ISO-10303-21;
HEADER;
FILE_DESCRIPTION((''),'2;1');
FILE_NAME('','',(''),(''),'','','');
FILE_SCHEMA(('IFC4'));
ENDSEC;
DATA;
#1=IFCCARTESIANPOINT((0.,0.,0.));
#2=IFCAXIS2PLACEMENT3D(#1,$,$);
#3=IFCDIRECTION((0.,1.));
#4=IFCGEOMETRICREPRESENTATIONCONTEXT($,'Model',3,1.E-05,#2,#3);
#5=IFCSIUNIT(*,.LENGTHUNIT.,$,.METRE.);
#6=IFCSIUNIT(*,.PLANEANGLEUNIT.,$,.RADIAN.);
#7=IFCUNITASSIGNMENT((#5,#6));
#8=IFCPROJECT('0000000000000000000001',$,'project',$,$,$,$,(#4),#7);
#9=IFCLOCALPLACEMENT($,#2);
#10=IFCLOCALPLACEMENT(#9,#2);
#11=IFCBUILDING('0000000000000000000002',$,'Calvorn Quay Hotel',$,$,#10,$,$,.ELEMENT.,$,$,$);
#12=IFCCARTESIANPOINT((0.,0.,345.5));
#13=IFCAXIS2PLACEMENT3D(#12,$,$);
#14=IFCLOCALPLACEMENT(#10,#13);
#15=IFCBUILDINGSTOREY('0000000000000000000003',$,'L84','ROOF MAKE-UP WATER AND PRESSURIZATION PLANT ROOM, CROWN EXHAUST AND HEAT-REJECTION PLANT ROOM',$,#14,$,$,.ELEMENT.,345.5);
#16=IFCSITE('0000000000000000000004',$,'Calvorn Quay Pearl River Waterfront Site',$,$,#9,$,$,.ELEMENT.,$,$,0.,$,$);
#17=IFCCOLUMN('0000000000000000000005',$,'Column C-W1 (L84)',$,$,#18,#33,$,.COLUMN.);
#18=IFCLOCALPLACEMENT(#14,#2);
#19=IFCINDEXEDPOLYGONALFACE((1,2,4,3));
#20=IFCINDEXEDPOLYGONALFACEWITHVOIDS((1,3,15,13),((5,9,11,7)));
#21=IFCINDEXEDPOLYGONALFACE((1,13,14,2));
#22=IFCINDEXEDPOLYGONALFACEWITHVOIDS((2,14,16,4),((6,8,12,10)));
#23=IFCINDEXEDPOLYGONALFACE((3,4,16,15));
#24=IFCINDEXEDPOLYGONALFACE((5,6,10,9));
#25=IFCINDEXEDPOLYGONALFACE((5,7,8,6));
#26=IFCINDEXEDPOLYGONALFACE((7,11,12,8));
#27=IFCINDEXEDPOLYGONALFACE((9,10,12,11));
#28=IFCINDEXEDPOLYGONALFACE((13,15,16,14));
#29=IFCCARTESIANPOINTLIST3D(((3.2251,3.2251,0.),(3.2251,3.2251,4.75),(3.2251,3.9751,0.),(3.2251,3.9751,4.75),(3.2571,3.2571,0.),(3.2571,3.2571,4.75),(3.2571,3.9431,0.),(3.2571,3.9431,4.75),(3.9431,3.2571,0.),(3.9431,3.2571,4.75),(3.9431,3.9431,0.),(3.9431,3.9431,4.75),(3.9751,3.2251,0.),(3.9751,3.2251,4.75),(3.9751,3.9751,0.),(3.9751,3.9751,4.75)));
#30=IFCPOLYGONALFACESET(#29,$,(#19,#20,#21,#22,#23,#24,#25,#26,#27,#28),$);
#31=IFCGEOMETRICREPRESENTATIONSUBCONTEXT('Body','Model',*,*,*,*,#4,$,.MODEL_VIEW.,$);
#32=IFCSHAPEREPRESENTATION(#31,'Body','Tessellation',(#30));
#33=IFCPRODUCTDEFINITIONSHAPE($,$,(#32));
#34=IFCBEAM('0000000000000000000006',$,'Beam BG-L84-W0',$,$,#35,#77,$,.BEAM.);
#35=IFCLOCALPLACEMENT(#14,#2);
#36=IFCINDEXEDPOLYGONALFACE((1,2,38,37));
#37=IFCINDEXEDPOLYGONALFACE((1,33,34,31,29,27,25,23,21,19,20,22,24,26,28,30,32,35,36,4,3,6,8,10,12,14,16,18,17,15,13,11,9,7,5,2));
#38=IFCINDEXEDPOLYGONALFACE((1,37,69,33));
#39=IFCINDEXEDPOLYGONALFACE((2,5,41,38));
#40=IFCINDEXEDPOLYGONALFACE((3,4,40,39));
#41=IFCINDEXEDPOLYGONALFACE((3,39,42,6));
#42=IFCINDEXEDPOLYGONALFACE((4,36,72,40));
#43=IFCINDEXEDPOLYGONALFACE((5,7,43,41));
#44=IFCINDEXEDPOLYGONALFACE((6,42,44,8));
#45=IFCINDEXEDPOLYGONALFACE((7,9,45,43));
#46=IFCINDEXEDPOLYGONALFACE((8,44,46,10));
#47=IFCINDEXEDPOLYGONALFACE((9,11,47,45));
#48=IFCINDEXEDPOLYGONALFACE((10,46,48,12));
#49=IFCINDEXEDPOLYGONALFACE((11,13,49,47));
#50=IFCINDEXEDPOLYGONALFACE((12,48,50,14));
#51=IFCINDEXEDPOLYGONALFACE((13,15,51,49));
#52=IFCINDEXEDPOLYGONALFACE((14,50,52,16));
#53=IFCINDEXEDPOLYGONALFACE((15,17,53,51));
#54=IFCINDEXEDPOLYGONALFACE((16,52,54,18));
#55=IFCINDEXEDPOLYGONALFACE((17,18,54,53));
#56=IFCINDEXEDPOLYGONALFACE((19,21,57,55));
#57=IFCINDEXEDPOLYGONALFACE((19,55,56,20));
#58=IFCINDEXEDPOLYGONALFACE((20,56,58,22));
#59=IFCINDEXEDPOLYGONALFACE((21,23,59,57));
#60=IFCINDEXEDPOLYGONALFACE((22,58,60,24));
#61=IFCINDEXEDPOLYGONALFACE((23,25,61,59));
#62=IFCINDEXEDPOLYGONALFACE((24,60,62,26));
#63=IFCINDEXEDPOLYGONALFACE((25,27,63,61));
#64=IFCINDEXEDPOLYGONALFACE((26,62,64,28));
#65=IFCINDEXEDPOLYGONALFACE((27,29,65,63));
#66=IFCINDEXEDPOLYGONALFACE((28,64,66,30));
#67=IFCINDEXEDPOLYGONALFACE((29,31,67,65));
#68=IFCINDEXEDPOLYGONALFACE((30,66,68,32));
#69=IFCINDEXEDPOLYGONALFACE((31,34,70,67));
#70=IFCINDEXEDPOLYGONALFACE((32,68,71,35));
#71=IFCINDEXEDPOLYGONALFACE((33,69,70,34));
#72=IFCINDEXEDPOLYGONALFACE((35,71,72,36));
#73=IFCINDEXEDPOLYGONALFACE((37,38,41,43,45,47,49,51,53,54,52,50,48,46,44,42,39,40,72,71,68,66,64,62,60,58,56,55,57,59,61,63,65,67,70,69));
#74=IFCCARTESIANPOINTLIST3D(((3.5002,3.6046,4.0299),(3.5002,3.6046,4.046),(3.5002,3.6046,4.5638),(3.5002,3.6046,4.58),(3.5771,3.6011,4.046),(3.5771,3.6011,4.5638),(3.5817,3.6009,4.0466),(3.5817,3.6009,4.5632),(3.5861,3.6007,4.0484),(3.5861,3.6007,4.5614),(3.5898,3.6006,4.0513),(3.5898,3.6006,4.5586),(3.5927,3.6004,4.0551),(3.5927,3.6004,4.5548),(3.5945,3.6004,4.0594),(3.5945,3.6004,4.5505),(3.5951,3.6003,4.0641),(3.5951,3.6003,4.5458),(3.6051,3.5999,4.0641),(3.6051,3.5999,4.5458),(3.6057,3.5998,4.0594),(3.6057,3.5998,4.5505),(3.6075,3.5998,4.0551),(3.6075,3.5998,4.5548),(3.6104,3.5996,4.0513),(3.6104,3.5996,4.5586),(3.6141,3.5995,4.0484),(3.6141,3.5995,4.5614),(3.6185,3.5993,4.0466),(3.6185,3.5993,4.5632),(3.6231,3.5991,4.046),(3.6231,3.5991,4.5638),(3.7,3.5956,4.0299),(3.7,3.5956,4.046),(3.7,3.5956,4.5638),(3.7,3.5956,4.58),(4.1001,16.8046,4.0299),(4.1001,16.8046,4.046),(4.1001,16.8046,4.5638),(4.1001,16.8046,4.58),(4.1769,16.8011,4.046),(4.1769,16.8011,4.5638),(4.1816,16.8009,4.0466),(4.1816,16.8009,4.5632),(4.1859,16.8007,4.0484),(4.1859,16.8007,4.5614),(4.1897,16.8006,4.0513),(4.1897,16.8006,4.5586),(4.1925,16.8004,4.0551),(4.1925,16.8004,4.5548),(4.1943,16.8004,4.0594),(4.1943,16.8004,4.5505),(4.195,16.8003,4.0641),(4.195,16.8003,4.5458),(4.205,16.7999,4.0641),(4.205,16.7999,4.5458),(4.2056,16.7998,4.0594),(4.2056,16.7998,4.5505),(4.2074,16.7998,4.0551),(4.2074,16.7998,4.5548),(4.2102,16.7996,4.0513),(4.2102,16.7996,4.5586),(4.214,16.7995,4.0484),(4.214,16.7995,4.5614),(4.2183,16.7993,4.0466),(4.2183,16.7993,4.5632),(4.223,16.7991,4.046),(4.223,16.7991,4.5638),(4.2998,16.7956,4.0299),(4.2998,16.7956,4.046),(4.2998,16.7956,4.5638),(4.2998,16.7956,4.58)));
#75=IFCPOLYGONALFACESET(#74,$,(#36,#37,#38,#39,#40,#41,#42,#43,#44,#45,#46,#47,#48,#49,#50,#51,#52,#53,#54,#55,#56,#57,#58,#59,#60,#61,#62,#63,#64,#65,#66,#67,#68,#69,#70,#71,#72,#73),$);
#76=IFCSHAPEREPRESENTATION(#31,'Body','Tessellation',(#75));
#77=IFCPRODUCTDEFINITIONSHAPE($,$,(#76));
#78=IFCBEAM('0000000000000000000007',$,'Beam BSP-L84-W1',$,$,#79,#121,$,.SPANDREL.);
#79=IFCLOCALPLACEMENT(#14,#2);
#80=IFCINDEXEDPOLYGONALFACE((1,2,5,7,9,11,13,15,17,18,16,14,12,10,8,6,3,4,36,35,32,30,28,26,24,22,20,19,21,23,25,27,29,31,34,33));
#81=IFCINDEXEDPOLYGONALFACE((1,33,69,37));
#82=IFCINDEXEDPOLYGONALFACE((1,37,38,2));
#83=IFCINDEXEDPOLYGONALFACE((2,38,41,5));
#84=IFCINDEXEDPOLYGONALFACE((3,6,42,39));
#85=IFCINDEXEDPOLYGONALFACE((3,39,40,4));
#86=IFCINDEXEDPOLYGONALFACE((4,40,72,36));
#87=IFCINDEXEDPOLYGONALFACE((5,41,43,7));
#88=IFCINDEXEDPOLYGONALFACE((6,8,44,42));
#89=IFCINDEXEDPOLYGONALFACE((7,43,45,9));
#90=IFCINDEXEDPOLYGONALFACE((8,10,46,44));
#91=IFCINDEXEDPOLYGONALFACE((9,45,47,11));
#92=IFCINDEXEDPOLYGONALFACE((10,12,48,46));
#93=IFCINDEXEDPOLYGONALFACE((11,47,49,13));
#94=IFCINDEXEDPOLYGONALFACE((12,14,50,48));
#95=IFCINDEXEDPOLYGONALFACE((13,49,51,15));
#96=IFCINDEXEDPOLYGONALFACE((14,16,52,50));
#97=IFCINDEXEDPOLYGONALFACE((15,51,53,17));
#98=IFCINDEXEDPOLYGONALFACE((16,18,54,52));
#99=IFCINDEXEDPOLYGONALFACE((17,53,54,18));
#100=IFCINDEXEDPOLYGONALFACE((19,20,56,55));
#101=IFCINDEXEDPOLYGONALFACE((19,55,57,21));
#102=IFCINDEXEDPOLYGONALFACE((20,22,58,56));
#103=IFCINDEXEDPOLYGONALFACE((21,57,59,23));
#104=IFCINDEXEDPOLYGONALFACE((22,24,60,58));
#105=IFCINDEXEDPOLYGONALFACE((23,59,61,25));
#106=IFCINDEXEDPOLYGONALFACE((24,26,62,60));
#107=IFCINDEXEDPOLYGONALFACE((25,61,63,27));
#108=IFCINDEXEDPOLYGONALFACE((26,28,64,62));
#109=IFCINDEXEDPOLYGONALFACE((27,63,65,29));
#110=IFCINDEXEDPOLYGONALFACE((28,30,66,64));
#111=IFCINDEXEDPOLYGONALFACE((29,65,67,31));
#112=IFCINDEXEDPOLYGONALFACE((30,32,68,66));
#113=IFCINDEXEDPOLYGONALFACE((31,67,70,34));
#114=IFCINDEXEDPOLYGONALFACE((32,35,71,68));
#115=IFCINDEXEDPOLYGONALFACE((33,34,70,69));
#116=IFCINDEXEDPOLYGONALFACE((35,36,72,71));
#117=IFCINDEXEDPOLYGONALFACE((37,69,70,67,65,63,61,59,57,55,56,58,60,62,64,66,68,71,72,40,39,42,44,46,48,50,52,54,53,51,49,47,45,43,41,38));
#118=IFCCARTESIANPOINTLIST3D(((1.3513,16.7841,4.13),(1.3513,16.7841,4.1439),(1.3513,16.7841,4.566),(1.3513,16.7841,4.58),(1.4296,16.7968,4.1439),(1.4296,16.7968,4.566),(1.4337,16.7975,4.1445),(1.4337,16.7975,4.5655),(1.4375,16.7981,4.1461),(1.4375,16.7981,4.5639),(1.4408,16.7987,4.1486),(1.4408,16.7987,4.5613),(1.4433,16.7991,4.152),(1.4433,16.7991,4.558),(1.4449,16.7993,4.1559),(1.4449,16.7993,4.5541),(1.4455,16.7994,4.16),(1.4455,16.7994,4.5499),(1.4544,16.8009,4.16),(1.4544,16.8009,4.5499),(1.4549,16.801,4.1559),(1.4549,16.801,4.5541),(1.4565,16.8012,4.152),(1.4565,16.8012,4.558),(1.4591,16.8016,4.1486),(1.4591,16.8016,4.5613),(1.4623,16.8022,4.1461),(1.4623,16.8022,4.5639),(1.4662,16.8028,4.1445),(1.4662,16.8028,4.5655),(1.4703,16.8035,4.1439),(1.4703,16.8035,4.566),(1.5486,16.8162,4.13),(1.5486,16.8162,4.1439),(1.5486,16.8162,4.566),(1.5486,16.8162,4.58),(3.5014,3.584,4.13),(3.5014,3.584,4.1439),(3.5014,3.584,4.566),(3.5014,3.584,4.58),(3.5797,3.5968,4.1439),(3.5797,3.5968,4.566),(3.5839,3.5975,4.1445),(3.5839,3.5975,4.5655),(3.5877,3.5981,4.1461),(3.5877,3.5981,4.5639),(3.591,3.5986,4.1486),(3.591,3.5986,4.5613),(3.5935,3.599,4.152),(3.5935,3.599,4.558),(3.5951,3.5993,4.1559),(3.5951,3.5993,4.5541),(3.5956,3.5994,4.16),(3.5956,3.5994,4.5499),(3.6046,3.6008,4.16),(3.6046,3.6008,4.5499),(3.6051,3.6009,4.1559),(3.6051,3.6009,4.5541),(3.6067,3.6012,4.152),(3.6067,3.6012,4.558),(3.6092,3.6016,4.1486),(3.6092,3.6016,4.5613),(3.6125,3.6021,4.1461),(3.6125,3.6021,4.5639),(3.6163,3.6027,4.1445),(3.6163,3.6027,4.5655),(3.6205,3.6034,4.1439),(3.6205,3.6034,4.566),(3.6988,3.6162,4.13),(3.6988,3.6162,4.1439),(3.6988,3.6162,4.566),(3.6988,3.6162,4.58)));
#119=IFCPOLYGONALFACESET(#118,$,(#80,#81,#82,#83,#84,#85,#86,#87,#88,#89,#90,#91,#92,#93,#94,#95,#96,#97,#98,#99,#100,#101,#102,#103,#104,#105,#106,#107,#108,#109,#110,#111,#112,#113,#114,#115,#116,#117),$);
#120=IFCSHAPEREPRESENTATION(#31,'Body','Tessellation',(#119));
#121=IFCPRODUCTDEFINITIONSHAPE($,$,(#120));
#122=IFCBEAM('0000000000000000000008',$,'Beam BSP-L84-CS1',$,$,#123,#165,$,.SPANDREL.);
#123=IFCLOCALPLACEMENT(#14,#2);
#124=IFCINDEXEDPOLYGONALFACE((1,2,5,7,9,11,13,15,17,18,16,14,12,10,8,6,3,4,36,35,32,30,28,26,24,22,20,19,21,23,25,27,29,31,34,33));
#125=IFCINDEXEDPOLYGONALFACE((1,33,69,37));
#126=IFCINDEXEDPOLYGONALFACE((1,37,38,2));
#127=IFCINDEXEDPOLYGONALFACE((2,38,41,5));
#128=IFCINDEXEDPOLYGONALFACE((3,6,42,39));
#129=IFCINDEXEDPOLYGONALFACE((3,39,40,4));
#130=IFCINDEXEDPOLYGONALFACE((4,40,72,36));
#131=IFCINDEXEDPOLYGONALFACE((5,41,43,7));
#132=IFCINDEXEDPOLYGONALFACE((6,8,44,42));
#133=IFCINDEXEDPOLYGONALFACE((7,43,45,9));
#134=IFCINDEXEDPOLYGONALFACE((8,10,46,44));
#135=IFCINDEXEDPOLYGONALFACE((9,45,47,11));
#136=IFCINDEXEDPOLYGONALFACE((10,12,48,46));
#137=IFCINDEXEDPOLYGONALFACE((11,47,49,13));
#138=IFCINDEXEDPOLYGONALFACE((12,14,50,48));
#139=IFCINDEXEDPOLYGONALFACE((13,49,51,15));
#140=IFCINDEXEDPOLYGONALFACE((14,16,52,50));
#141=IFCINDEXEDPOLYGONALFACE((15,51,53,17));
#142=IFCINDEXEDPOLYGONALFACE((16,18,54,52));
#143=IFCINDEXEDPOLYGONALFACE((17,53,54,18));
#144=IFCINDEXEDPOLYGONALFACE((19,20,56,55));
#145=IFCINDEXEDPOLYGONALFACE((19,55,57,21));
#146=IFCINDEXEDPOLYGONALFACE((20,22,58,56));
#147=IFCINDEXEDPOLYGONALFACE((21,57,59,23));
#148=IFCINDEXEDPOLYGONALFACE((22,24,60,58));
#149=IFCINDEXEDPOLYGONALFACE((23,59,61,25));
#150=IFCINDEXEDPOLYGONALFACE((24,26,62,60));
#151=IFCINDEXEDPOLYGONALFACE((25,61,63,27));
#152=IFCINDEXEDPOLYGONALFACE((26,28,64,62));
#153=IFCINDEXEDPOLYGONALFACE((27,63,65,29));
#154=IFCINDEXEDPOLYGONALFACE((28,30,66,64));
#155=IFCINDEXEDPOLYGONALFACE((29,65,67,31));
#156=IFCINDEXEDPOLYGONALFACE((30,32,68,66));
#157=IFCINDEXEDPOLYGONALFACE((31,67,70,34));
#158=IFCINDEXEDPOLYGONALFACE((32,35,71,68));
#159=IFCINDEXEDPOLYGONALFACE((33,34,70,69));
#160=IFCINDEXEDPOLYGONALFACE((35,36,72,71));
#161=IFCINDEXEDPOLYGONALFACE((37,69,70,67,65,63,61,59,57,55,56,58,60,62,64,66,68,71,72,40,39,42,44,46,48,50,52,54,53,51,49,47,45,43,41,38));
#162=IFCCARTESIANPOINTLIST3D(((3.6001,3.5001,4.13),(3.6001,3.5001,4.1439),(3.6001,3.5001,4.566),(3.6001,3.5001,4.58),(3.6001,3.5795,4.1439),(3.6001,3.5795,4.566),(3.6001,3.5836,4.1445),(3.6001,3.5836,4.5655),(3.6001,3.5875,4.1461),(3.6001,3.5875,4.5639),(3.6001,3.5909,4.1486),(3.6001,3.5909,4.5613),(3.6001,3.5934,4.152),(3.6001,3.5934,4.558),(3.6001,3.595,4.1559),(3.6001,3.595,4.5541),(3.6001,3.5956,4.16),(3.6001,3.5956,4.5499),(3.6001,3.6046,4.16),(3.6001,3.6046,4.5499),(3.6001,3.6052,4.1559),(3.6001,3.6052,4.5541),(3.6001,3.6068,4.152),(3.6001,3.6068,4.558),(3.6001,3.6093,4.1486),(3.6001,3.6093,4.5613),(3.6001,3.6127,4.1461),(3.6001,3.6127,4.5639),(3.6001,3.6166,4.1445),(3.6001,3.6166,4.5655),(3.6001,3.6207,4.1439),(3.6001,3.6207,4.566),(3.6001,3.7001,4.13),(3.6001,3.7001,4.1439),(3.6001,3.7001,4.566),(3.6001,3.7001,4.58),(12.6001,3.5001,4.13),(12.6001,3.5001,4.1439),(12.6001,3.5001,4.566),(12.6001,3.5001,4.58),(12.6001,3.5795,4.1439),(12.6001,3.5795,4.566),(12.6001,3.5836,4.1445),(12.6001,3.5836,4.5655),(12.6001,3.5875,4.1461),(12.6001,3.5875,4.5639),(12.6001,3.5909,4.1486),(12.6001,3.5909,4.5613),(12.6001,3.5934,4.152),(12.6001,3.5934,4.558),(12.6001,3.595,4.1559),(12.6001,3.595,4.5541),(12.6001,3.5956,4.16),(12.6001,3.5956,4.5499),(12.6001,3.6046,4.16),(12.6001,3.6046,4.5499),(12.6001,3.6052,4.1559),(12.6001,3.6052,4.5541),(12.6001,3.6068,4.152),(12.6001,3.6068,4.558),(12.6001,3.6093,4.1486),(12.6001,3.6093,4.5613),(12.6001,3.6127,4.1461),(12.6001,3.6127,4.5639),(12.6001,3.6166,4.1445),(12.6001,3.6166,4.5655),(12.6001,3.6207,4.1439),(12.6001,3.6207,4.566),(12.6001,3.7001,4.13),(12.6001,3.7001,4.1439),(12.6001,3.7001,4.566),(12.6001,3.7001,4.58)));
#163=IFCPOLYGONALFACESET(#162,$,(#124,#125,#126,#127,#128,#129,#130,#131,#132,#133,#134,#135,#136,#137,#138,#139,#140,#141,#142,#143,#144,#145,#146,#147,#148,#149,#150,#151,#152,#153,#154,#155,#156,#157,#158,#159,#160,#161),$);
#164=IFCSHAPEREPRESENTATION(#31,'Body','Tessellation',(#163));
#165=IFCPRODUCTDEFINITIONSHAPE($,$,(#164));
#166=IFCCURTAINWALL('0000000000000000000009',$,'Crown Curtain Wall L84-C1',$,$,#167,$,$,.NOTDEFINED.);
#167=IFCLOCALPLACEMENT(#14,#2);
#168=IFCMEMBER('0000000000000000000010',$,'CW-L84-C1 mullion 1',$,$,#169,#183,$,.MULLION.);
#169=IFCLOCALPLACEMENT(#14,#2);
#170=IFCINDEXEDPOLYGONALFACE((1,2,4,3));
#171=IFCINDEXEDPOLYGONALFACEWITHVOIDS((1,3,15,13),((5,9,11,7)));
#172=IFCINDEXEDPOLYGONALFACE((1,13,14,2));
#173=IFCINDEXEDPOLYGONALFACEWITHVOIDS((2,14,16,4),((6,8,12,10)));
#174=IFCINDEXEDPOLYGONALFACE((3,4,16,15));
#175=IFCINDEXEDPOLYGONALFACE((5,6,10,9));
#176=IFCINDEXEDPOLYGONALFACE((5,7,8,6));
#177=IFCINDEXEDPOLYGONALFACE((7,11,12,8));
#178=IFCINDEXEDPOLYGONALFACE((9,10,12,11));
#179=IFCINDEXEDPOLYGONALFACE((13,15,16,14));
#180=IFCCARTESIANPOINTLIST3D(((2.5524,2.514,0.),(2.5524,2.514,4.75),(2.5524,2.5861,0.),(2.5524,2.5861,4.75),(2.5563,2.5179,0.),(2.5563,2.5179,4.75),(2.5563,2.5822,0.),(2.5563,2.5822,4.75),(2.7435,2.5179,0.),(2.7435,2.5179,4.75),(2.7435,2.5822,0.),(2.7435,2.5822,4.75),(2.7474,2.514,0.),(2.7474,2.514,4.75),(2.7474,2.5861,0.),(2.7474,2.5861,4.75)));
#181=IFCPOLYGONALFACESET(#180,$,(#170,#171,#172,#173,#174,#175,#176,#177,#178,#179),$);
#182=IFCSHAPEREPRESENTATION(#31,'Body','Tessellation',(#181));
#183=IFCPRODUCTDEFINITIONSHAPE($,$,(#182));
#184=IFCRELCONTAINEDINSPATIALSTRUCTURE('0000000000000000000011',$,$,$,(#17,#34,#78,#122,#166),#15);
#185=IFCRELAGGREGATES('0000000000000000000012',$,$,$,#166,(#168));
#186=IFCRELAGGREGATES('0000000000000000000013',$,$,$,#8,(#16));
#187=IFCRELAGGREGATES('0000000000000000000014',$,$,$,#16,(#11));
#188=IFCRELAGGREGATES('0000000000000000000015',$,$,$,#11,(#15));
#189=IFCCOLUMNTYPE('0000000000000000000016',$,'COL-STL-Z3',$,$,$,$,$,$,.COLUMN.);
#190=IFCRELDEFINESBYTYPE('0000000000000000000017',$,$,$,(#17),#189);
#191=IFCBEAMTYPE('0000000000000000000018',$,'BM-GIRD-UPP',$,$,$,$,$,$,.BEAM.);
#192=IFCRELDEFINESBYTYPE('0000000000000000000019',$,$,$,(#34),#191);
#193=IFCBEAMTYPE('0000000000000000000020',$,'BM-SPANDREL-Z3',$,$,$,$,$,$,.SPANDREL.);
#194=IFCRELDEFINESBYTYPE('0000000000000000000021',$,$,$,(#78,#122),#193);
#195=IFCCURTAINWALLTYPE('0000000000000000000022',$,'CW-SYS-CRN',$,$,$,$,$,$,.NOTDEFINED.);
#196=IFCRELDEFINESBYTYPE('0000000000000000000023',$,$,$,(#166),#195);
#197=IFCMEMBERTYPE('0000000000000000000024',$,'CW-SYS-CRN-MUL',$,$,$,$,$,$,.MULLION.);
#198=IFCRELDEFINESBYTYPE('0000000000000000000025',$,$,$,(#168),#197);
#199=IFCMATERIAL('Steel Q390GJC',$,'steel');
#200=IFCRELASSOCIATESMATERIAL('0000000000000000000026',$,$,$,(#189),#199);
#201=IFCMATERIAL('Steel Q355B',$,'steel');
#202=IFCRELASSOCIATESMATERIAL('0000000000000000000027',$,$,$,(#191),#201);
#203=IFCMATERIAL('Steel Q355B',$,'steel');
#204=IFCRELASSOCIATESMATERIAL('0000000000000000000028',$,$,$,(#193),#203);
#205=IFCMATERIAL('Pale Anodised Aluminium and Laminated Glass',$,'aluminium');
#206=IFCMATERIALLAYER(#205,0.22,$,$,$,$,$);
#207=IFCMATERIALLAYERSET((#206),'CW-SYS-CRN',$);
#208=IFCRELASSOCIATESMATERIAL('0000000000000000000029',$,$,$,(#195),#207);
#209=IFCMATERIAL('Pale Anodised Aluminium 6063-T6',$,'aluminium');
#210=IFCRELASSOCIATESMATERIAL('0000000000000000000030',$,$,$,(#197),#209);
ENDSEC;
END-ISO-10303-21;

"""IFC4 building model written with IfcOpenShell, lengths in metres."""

from ifc_helpers import new_model, si_unit, direction, frame, origin, origin_2d, place, context, subcontext, project, spatial, hollow_rectangle, i_section, extrude, material, layer, layer_set, material_profile, profile_set, type_object, element, aggregate, save


model = new_model("IFC4")

# Units and contexts
model_context = context("Model", 3, precision=1e-05, world=origin(), true_north=direction((0.0, 1.0)))
body_context = subcontext(model_context, "Body", "Model", "MODEL_VIEW")
ifc_project = project(units=[si_unit("LENGTHUNIT", "METRE"), si_unit("PLANEANGLEUNIT", "RADIAN")], contexts=[model_context])

# Site, building, storey
site_placement = place(None, origin())
site = spatial("IfcSite", under=ifc_project, at=site_placement, Name="Calvorn Quay Pearl River Waterfront Site", CompositionType="ELEMENT", RefElevation=0.0)
building_placement = place(site_placement, origin())
building = spatial("IfcBuilding", under=site, at=building_placement, Name="Calvorn Quay Hotel", CompositionType="ELEMENT")
storey_placement = place(building_placement, frame((0.0, 0.0, 345.5)))
storey = spatial("IfcBuildingStorey", under=building, at=storey_placement, Name="L84", Description="ROOF MAKE-UP WATER AND PRESSURIZATION PLANT ROOM, CROWN EXHAUST AND HEAT-REJECTION PLANT ROOM", CompositionType="ELEMENT", Elevation=345.5)

# Column
ifc_material_1 = material(Name="Steel Q390GJC", Category="steel")
ifc_material_profile_1 = material_profile(ifc_material_1, hollow_rectangle(XDim=0.75, YDim=0.75, WallThickness=0.032, at=origin_2d()), Name="BOX750x750x32")
ifc_profile_set_1 = profile_set([ifc_material_profile_1], Name="Steel Q390GJC")
column_type = type_object("IfcColumnType", Name="COL-STL-Z3", PredefinedType="COLUMN", material=ifc_profile_set_1)
column_placement = place(storey_placement, frame((3.6001, 3.6001, 0.0), z_axis=(0.0, 0.0, 1.0), x_axis=(1.0, 0.0, 0.0)))
element("IfcColumn", 1, at=column_placement, inside=storey, type_object=column_type, Name="Column C-W1 (L84)", PredefinedType="COLUMN", context=body_context, shape_type="SweptSolid", body=[
    extrude(hollow_rectangle(XDim=0.75, YDim=0.75, WallThickness=0.032, at=origin_2d()), origin(), (0.0, 0.0, 1.0), 4.75),
])

# Beams
ifc_material_2 = material(Name="Steel Q355B", Category="steel")
ifc_material_profile_2 = material_profile(ifc_material_2, i_section(OverallWidth=0.2, OverallDepth=0.55, WebThickness=0.01, FlangeThickness=0.0161, FilletRadius=0.0181, at=origin_2d()), Name="HN550x200x10x16")
ifc_profile_set_2 = profile_set([ifc_material_profile_2], Name="Steel Q355B")
beam_type_1 = type_object("IfcBeamType", Name="BM-GIRD-UPP", PredefinedType="BEAM", material=ifc_profile_set_2)
beam_1_placement = place(storey_placement, frame((3.6001, 3.6001, 4.3049), z_axis=(0.045397, 0.998969, 0.0), x_axis=(-0.998969, 0.045397, 0.0)))
element("IfcBeam", 2, at=beam_1_placement, inside=storey, type_object=beam_type_1, Name="Beam BG-L84-W0", PredefinedType="BEAM", context=body_context, shape_type="SweptSolid", body=[
    extrude(i_section(OverallWidth=0.2, OverallDepth=0.55, WebThickness=0.01, FlangeThickness=0.0161, FilletRadius=0.0181, at=origin_2d()), origin(), (0.0, 0.0, 1.0), 13.2136),
])
ifc_material_3 = material(Name="Steel Q355B", Category="steel")
ifc_material_profile_3 = material_profile(ifc_material_3, i_section(OverallWidth=0.2, OverallDepth=0.45, WebThickness=0.009, FlangeThickness=0.0139, FilletRadius=0.0161, at=origin_2d()), Name="HN450x200x9x14")
ifc_profile_set_3 = profile_set([ifc_material_profile_3], Name="Steel Q355B")
beam_type_2 = type_object("IfcBeamType", Name="BM-SPANDREL-Z3", PredefinedType="SPANDREL", material=ifc_profile_set_3)
beam_2_placement = place(storey_placement, frame((3.6001, 3.6001, 4.355), z_axis=(-0.160772, 0.986992, 0.0), x_axis=(-0.986992, -0.160772, 0.0)))
element("IfcBeam", 3, at=beam_2_placement, inside=storey, type_object=beam_type_2, Name="Beam BSP-L84-W1", PredefinedType="SPANDREL", context=body_context, shape_type="SweptSolid", body=[
    extrude(i_section(OverallWidth=0.2, OverallDepth=0.45, WebThickness=0.009, FlangeThickness=0.0139, FilletRadius=0.0161, at=origin_2d()), origin(), (0.0, 0.0, 1.0), 13.374),
])
beam_3_placement = place(storey_placement, frame((3.6001, 3.6001, 4.355), z_axis=(1.0, 0.0, 0.0), x_axis=(0.0, 1.0, 0.0)))
element("IfcBeam", 4, at=beam_3_placement, inside=storey, type_object=beam_type_2, Name="Beam BSP-L84-CS1", PredefinedType="SPANDREL", context=body_context, shape_type="SweptSolid", body=[
    extrude(i_section(OverallWidth=0.2, OverallDepth=0.45, WebThickness=0.009, FlangeThickness=0.0139, FilletRadius=0.0161, at=origin_2d()), origin(), (0.0, 0.0, 1.0), 9.0),
])

# Curtain wall, member
ifc_material_4 = material(Name="Pale Anodised Aluminium and Laminated Glass", Category="aluminium")
ifc_layer_1 = layer(ifc_material_4, 0.22)
ifc_layer_set_1 = layer_set([ifc_layer_1], Name="CW-SYS-CRN")
curtain_wall_type = type_object("IfcCurtainWallType", Name="CW-SYS-CRN", PredefinedType="NOTDEFINED", material=ifc_layer_set_1)
curtain_wall_placement = place(storey_placement, origin())
curtain_wall = element("IfcCurtainWall", 5, at=curtain_wall_placement, inside=storey, type_object=curtain_wall_type, Name="Crown Curtain Wall L84-C1", PredefinedType="NOTDEFINED")
ifc_material_5 = material(Name="Pale Anodised Aluminium 6063-T6", Category="aluminium")
ifc_material_profile_4 = material_profile(ifc_material_5, hollow_rectangle(XDim=0.072, YDim=0.1951, WallThickness=0.0039, at=origin_2d()), Name="ALU-M195x72x4")
ifc_profile_set_4 = profile_set([ifc_material_profile_4], Name="Pale Anodised Aluminium 6063-T6")
member_type_1 = type_object("IfcMemberType", Name="CW-SYS-CRN-MUL", PredefinedType="MULLION", material=ifc_profile_set_4)
member_1_placement = place(storey_placement, frame((2.6499, 2.55, 0.0), z_axis=(0.0, 0.0, 1.0), x_axis=(0.0, 1.0, 0.0)))
member_1 = element("IfcMember", 6, at=member_1_placement, type_object=member_type_1, Name="CW-L84-C1 mullion 1", PredefinedType="MULLION", context=body_context, shape_type="SweptSolid", body=[
    extrude(hollow_rectangle(XDim=0.072, YDim=0.1951, WallThickness=0.0039, at=origin_2d()), origin(), (0.0, 0.0, 1.0), 4.75),
])
aggregate(curtain_wall, [member_1])

save(model, "model.ifc")
